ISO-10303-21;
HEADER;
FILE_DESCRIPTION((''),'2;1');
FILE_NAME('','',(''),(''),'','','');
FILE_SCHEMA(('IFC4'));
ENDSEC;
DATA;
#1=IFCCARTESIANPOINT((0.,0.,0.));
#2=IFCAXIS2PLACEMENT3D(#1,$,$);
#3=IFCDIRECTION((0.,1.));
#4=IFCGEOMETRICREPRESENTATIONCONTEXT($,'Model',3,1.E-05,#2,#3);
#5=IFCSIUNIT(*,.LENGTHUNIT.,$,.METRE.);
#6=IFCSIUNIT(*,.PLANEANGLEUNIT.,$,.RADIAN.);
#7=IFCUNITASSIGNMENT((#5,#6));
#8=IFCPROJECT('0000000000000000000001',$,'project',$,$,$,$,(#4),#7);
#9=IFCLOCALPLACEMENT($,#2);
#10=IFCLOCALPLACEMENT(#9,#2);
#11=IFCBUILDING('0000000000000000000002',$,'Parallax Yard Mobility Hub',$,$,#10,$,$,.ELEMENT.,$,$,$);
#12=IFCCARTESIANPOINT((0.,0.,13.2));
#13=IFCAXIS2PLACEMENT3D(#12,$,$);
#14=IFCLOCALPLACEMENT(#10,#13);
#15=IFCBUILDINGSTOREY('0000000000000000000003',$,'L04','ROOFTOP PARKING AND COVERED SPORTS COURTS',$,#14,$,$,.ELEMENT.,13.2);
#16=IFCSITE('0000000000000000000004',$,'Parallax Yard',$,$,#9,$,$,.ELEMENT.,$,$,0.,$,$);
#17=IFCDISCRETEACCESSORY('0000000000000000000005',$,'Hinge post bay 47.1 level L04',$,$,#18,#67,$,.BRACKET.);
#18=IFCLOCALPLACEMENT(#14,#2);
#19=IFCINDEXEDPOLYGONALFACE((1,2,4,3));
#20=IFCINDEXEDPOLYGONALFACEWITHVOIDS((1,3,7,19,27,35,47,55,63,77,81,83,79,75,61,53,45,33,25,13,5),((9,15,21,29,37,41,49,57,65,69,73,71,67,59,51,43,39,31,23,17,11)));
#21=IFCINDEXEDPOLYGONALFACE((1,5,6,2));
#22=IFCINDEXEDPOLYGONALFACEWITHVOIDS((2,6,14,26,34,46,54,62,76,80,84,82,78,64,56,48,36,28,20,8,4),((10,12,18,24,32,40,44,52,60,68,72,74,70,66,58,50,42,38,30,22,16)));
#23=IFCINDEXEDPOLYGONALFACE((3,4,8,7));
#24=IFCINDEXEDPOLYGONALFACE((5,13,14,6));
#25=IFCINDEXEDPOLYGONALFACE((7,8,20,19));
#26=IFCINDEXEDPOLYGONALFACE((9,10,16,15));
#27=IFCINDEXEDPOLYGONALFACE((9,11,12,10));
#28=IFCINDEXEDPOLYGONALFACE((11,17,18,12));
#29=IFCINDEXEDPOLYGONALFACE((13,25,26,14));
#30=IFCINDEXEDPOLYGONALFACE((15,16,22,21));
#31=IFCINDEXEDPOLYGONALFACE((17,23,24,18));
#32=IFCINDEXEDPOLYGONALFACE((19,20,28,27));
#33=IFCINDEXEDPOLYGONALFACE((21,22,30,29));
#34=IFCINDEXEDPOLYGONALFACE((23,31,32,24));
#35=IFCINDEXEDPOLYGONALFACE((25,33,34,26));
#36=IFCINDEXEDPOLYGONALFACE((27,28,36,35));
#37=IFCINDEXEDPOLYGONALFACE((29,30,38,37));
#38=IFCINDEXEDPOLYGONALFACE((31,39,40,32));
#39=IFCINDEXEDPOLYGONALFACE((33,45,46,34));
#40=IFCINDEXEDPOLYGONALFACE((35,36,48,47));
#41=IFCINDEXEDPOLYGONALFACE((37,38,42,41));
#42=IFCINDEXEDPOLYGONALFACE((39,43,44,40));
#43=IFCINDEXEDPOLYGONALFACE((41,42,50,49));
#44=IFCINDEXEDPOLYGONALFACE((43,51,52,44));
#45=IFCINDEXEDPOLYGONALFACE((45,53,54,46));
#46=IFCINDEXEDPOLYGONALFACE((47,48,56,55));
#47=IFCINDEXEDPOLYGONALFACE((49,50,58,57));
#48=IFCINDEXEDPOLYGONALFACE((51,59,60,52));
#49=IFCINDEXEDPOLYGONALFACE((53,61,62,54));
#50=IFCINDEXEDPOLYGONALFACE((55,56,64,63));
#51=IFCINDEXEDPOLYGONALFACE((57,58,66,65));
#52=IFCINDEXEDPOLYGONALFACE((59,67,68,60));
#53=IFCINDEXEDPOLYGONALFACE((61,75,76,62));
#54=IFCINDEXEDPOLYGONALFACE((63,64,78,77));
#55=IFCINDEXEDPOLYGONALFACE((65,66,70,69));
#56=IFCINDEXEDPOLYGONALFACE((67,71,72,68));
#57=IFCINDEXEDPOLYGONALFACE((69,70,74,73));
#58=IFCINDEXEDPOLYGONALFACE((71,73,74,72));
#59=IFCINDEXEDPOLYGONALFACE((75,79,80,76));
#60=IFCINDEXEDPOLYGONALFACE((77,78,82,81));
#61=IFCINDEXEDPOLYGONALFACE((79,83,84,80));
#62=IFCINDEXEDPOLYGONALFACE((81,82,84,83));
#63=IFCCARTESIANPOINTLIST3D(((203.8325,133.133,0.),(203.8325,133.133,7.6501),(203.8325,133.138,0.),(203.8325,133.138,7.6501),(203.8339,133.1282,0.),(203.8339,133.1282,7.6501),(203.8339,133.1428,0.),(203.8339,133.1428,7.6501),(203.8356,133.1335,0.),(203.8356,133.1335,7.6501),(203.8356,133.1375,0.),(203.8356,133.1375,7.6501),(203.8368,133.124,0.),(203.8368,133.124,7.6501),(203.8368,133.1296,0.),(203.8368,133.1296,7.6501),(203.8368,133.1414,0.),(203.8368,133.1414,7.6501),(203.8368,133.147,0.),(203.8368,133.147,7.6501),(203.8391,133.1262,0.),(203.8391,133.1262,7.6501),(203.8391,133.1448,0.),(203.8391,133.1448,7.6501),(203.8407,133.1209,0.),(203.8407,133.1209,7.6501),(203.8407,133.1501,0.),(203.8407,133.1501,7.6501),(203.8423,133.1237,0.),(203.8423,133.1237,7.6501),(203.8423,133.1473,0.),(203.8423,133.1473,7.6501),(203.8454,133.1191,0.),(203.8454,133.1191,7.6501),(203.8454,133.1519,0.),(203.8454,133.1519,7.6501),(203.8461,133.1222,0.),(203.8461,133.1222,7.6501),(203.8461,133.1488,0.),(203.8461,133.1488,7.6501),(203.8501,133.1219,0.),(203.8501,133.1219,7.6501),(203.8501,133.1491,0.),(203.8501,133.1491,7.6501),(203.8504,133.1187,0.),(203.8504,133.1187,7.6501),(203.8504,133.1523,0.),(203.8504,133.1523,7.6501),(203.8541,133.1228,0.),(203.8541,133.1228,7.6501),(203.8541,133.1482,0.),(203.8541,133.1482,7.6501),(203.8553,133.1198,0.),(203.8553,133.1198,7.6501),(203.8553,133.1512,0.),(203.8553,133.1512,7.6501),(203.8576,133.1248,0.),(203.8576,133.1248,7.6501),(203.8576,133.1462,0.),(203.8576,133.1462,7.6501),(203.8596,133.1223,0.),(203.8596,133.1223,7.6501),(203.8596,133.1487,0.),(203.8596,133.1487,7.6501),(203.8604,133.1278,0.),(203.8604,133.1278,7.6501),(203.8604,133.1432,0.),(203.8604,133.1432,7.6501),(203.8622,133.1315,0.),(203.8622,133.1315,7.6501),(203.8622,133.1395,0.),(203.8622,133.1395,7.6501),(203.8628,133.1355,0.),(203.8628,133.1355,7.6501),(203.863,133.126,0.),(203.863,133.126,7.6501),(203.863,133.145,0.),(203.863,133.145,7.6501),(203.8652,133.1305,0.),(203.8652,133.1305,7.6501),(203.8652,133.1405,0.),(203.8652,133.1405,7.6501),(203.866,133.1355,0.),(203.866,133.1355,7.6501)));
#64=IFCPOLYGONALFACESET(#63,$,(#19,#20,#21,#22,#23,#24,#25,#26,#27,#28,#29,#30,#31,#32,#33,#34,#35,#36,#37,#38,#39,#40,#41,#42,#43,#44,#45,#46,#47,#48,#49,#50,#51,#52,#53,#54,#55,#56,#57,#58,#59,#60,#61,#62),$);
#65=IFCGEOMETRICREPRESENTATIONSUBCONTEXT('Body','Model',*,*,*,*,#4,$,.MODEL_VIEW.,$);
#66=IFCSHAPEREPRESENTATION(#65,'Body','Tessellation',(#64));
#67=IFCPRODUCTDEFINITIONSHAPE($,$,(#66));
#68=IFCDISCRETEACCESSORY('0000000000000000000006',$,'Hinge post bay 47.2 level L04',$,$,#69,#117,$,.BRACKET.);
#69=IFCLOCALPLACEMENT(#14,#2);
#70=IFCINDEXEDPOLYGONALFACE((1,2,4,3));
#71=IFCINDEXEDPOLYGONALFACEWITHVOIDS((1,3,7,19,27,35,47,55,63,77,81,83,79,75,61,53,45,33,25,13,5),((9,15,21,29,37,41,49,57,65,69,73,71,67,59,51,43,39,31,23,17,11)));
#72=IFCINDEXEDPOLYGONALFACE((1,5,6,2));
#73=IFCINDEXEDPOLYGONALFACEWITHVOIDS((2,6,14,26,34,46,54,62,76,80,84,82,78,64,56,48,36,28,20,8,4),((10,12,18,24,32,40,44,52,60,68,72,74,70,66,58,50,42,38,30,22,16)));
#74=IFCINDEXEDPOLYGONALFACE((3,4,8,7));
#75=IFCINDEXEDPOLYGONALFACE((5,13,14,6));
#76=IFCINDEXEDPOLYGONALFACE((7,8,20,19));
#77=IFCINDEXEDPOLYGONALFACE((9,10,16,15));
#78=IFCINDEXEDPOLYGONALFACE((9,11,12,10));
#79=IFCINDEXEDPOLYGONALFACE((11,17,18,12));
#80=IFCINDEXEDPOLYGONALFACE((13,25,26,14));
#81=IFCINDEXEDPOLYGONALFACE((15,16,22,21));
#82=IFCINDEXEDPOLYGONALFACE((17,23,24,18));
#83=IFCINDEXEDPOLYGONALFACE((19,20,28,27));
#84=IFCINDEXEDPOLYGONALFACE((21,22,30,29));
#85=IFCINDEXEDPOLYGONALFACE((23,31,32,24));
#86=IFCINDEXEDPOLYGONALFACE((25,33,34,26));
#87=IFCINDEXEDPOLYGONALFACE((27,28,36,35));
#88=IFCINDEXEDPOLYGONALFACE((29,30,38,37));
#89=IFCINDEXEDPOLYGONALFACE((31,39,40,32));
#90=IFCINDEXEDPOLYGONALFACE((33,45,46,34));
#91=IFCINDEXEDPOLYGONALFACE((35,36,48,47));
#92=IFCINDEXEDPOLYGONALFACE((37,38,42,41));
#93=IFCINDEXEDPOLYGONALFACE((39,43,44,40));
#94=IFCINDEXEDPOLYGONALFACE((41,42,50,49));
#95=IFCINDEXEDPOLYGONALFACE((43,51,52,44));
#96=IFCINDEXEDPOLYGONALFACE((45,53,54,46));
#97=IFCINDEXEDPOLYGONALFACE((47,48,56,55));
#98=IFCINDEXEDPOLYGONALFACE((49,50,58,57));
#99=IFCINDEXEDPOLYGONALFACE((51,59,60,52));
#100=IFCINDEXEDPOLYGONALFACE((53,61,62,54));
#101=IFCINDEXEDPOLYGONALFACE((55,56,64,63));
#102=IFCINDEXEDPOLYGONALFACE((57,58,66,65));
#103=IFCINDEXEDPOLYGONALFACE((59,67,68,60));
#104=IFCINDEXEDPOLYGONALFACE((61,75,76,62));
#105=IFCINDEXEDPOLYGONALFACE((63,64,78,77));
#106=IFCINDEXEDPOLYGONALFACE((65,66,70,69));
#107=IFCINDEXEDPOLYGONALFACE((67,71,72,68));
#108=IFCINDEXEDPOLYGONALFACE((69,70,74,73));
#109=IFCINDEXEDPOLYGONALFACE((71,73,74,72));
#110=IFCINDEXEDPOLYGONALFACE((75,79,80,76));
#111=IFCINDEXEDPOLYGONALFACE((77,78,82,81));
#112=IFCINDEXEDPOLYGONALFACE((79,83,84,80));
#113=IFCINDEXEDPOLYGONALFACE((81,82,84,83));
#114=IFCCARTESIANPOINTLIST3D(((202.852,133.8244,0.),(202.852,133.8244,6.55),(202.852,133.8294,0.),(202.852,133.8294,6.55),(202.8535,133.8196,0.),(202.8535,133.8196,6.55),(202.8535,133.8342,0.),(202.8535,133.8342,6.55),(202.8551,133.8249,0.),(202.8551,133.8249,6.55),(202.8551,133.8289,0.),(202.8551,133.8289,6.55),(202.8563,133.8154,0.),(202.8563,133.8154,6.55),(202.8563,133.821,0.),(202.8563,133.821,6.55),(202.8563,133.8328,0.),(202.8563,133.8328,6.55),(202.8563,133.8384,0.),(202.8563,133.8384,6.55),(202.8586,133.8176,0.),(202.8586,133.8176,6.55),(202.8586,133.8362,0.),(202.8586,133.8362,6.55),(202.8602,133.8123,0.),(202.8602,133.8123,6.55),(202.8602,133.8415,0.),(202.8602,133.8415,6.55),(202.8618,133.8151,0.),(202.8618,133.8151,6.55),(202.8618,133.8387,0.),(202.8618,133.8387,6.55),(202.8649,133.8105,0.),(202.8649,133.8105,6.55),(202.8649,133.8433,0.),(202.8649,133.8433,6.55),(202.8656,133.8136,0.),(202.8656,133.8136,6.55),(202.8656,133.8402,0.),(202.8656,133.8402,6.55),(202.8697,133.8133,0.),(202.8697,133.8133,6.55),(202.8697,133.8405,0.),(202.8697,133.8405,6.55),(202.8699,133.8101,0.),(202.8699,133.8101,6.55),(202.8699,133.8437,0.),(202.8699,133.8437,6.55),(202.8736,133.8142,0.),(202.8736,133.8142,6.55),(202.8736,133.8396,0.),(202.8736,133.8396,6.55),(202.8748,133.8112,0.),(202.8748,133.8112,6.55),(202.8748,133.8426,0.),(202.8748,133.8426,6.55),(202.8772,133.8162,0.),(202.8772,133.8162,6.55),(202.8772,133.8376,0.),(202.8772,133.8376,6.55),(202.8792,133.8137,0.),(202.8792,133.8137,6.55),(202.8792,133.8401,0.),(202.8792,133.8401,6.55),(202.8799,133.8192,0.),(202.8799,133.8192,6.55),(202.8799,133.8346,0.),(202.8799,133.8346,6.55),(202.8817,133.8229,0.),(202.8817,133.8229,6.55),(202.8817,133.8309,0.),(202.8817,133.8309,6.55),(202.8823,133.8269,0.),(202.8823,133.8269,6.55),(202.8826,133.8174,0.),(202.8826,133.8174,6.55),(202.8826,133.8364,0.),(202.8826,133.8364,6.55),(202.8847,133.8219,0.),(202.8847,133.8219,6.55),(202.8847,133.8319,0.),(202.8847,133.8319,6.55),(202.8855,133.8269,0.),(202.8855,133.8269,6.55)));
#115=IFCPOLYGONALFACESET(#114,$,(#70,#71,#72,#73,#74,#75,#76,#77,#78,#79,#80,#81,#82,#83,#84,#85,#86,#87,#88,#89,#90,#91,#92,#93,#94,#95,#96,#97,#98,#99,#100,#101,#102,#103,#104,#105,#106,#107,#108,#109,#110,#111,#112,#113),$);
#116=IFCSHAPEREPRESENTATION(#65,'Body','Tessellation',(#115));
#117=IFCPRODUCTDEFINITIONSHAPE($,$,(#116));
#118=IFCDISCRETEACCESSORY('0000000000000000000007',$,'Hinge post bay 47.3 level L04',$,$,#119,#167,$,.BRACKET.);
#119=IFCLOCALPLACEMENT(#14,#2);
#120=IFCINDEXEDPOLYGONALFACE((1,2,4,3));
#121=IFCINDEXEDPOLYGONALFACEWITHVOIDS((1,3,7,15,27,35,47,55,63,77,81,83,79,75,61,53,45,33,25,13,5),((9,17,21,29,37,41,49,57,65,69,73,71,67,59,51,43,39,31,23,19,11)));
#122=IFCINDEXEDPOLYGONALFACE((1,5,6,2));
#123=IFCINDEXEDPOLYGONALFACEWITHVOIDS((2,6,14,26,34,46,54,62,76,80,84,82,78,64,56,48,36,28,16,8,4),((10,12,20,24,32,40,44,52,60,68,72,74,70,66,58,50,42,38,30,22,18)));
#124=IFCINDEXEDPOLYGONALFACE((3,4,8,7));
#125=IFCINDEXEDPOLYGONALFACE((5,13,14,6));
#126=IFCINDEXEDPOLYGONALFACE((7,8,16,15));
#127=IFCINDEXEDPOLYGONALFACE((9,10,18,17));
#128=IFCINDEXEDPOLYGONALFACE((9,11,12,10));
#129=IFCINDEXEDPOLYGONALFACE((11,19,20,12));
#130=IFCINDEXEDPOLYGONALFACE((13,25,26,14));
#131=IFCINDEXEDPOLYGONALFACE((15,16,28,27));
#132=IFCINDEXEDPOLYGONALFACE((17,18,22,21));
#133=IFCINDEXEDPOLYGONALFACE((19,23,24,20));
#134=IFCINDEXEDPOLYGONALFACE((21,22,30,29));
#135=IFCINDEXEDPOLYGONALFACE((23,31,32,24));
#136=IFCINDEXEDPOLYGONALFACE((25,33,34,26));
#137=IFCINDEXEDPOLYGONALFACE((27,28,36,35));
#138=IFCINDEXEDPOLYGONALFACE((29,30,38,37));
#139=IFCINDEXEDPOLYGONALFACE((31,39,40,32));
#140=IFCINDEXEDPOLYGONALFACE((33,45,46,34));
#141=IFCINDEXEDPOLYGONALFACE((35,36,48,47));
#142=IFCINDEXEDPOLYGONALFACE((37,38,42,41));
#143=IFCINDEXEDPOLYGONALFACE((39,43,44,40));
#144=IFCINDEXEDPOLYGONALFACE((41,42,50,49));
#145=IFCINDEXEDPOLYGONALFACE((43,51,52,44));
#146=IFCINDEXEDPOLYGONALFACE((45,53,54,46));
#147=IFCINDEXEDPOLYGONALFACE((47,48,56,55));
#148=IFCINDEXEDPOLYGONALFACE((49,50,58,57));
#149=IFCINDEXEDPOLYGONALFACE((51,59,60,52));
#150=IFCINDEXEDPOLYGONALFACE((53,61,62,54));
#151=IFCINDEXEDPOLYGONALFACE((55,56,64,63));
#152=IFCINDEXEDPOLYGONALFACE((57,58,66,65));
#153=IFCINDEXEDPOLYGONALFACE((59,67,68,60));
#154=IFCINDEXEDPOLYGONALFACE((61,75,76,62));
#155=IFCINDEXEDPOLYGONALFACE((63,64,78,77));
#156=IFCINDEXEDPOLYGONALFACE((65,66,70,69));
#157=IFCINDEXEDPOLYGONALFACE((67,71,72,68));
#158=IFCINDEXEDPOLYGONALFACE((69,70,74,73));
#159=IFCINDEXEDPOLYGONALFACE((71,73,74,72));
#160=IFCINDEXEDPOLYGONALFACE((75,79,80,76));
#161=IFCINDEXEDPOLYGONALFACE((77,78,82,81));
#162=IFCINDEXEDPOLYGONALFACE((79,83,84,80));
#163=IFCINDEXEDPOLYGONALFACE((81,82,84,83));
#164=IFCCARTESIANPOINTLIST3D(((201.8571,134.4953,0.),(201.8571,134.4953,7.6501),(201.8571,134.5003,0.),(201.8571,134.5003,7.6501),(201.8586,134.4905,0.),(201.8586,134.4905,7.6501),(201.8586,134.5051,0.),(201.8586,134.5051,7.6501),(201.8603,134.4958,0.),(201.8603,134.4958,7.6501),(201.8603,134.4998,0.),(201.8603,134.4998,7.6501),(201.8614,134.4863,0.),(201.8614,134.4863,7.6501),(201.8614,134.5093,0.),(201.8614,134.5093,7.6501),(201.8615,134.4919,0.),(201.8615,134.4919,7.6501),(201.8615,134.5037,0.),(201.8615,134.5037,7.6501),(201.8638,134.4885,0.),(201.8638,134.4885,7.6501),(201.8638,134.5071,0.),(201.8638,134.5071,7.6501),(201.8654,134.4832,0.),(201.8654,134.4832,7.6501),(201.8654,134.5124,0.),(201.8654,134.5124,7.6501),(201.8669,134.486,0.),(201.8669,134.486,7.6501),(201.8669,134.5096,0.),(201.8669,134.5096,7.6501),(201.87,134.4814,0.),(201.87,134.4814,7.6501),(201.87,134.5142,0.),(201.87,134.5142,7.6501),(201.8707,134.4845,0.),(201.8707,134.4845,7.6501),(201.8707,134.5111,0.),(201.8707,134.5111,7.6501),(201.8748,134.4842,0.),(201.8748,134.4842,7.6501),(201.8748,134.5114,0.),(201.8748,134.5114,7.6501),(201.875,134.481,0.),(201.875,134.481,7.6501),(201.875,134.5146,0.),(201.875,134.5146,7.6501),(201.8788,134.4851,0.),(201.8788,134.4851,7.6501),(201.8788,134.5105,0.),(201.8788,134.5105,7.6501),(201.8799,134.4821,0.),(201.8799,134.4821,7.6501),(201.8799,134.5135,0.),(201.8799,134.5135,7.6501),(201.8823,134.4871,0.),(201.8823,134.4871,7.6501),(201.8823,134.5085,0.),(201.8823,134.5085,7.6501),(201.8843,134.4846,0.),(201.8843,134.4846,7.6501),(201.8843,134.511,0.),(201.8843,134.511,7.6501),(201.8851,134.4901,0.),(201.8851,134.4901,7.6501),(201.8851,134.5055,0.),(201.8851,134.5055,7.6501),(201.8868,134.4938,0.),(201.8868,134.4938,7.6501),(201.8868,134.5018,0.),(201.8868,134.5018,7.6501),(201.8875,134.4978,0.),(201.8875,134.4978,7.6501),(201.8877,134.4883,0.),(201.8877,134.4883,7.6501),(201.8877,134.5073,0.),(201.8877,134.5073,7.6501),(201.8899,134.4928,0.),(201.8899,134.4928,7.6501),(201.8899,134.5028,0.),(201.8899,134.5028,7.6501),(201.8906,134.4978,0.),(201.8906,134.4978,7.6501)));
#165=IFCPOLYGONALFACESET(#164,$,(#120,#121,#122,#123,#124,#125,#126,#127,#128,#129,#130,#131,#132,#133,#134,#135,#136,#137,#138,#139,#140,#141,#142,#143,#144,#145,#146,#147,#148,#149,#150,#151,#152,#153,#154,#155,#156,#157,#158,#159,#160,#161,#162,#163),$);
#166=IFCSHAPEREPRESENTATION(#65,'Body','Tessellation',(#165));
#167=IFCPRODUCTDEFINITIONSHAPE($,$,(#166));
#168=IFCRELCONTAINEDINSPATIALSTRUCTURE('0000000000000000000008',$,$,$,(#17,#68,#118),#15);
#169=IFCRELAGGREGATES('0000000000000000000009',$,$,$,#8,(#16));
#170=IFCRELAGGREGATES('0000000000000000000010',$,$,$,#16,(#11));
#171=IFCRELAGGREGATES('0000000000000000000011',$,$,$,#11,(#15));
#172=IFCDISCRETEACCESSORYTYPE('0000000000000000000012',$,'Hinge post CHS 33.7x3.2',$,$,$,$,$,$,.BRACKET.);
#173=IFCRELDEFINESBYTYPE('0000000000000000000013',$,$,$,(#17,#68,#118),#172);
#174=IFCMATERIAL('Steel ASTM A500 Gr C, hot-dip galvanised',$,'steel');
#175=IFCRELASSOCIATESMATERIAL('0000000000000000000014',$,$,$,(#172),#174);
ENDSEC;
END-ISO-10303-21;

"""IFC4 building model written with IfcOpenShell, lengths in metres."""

from ifc_helpers import new_model, si_unit, direction, frame, origin, origin_2d, place, context, subcontext, project, spatial, hollow_circle, extrude, material, material_profile, profile_set, type_object, element, save


model = new_model("IFC4")

# Units and contexts
model_context = context("Model", 3, precision=1e-05, world=origin(), true_north=direction((0.0, 1.0)))
body_context = subcontext(model_context, "Body", "Model", "MODEL_VIEW")
ifc_project = project(units=[si_unit("LENGTHUNIT", "METRE"), si_unit("PLANEANGLEUNIT", "RADIAN")], contexts=[model_context])

# Site, building, storey
site_placement = place(None, origin())
site = spatial("IfcSite", under=ifc_project, at=site_placement, Name="Parallax Yard", CompositionType="ELEMENT", RefElevation=0.0)
building_placement = place(site_placement, origin())
building = spatial("IfcBuilding", under=site, at=building_placement, Name="Parallax Yard Mobility Hub", CompositionType="ELEMENT")
storey_placement = place(building_placement, frame((0.0, 0.0, 13.2)))
storey = spatial("IfcBuildingStorey", under=building, at=storey_placement, Name="L04", Description="ROOFTOP PARKING AND COVERED SPORTS COURTS", CompositionType="ELEMENT", Elevation=13.2)

# Discrete accessories
ifc_material_1 = material(Name="Steel ASTM A500 Gr C, hot-dip galvanised", Category="steel")
ifc_material_profile_1 = material_profile(ifc_material_1, hollow_circle(Radius=0.0168, WallThickness=0.0032, at=origin_2d()), Name="CHS 33.7x3.2")
ifc_profile_set_1 = profile_set([ifc_material_profile_1], Name="Steel ASTM A500 Gr C, hot-dip galvanised")
discrete_accessory_type_1 = type_object("IfcDiscreteAccessoryType", Name="Hinge post CHS 33.7x3.2", PredefinedType="BRACKET", material=ifc_profile_set_1)
for number, where, z_axis, x_axis, name in (
    (1, (203.8491, 133.1355, 0.0), (0.0, 0.0, 1.0), (1.0, 0.0, 0.0), "Hinge post bay 47.1 level L04"),
):
    element("IfcDiscreteAccessory", number, at=place(storey_placement, frame(where, z_axis=z_axis, x_axis=x_axis)), inside=storey, type_object=discrete_accessory_type_1, Name=name, PredefinedType="BRACKET", context=body_context, shape_type="SweptSolid", body=[
        extrude(hollow_circle(Radius=0.0168, WallThickness=0.0032, at=origin_2d()), origin(), (0.0, 0.0, 1.0), 7.6501),
    ])
discrete_accessory_1_placement = place(storey_placement, frame((202.8687, 133.8269, 0.0), z_axis=(0.0, 0.0, 1.0), x_axis=(1.0, 0.0, 0.0)))
element("IfcDiscreteAccessory", 2, at=discrete_accessory_1_placement, inside=storey, type_object=discrete_accessory_type_1, Name="Hinge post bay 47.2 level L04", PredefinedType="BRACKET", context=body_context, shape_type="SweptSolid", body=[
    extrude(hollow_circle(Radius=0.0168, WallThickness=0.0032, at=origin_2d()), origin(), (0.0, 0.0, 1.0), 6.55),
])
discrete_accessory_2_placement = place(storey_placement, frame((201.8738, 134.4978, 0.0), z_axis=(0.0, 0.0, 1.0), x_axis=(1.0, 0.0, 0.0)))
element("IfcDiscreteAccessory", 3, at=discrete_accessory_2_placement, inside=storey, type_object=discrete_accessory_type_1, Name="Hinge post bay 47.3 level L04", PredefinedType="BRACKET", context=body_context, shape_type="SweptSolid", body=[
    extrude(hollow_circle(Radius=0.0168, WallThickness=0.0032, at=origin_2d()), origin(), (0.0, 0.0, 1.0), 7.6501),
])

save(model, "model.ifc")
